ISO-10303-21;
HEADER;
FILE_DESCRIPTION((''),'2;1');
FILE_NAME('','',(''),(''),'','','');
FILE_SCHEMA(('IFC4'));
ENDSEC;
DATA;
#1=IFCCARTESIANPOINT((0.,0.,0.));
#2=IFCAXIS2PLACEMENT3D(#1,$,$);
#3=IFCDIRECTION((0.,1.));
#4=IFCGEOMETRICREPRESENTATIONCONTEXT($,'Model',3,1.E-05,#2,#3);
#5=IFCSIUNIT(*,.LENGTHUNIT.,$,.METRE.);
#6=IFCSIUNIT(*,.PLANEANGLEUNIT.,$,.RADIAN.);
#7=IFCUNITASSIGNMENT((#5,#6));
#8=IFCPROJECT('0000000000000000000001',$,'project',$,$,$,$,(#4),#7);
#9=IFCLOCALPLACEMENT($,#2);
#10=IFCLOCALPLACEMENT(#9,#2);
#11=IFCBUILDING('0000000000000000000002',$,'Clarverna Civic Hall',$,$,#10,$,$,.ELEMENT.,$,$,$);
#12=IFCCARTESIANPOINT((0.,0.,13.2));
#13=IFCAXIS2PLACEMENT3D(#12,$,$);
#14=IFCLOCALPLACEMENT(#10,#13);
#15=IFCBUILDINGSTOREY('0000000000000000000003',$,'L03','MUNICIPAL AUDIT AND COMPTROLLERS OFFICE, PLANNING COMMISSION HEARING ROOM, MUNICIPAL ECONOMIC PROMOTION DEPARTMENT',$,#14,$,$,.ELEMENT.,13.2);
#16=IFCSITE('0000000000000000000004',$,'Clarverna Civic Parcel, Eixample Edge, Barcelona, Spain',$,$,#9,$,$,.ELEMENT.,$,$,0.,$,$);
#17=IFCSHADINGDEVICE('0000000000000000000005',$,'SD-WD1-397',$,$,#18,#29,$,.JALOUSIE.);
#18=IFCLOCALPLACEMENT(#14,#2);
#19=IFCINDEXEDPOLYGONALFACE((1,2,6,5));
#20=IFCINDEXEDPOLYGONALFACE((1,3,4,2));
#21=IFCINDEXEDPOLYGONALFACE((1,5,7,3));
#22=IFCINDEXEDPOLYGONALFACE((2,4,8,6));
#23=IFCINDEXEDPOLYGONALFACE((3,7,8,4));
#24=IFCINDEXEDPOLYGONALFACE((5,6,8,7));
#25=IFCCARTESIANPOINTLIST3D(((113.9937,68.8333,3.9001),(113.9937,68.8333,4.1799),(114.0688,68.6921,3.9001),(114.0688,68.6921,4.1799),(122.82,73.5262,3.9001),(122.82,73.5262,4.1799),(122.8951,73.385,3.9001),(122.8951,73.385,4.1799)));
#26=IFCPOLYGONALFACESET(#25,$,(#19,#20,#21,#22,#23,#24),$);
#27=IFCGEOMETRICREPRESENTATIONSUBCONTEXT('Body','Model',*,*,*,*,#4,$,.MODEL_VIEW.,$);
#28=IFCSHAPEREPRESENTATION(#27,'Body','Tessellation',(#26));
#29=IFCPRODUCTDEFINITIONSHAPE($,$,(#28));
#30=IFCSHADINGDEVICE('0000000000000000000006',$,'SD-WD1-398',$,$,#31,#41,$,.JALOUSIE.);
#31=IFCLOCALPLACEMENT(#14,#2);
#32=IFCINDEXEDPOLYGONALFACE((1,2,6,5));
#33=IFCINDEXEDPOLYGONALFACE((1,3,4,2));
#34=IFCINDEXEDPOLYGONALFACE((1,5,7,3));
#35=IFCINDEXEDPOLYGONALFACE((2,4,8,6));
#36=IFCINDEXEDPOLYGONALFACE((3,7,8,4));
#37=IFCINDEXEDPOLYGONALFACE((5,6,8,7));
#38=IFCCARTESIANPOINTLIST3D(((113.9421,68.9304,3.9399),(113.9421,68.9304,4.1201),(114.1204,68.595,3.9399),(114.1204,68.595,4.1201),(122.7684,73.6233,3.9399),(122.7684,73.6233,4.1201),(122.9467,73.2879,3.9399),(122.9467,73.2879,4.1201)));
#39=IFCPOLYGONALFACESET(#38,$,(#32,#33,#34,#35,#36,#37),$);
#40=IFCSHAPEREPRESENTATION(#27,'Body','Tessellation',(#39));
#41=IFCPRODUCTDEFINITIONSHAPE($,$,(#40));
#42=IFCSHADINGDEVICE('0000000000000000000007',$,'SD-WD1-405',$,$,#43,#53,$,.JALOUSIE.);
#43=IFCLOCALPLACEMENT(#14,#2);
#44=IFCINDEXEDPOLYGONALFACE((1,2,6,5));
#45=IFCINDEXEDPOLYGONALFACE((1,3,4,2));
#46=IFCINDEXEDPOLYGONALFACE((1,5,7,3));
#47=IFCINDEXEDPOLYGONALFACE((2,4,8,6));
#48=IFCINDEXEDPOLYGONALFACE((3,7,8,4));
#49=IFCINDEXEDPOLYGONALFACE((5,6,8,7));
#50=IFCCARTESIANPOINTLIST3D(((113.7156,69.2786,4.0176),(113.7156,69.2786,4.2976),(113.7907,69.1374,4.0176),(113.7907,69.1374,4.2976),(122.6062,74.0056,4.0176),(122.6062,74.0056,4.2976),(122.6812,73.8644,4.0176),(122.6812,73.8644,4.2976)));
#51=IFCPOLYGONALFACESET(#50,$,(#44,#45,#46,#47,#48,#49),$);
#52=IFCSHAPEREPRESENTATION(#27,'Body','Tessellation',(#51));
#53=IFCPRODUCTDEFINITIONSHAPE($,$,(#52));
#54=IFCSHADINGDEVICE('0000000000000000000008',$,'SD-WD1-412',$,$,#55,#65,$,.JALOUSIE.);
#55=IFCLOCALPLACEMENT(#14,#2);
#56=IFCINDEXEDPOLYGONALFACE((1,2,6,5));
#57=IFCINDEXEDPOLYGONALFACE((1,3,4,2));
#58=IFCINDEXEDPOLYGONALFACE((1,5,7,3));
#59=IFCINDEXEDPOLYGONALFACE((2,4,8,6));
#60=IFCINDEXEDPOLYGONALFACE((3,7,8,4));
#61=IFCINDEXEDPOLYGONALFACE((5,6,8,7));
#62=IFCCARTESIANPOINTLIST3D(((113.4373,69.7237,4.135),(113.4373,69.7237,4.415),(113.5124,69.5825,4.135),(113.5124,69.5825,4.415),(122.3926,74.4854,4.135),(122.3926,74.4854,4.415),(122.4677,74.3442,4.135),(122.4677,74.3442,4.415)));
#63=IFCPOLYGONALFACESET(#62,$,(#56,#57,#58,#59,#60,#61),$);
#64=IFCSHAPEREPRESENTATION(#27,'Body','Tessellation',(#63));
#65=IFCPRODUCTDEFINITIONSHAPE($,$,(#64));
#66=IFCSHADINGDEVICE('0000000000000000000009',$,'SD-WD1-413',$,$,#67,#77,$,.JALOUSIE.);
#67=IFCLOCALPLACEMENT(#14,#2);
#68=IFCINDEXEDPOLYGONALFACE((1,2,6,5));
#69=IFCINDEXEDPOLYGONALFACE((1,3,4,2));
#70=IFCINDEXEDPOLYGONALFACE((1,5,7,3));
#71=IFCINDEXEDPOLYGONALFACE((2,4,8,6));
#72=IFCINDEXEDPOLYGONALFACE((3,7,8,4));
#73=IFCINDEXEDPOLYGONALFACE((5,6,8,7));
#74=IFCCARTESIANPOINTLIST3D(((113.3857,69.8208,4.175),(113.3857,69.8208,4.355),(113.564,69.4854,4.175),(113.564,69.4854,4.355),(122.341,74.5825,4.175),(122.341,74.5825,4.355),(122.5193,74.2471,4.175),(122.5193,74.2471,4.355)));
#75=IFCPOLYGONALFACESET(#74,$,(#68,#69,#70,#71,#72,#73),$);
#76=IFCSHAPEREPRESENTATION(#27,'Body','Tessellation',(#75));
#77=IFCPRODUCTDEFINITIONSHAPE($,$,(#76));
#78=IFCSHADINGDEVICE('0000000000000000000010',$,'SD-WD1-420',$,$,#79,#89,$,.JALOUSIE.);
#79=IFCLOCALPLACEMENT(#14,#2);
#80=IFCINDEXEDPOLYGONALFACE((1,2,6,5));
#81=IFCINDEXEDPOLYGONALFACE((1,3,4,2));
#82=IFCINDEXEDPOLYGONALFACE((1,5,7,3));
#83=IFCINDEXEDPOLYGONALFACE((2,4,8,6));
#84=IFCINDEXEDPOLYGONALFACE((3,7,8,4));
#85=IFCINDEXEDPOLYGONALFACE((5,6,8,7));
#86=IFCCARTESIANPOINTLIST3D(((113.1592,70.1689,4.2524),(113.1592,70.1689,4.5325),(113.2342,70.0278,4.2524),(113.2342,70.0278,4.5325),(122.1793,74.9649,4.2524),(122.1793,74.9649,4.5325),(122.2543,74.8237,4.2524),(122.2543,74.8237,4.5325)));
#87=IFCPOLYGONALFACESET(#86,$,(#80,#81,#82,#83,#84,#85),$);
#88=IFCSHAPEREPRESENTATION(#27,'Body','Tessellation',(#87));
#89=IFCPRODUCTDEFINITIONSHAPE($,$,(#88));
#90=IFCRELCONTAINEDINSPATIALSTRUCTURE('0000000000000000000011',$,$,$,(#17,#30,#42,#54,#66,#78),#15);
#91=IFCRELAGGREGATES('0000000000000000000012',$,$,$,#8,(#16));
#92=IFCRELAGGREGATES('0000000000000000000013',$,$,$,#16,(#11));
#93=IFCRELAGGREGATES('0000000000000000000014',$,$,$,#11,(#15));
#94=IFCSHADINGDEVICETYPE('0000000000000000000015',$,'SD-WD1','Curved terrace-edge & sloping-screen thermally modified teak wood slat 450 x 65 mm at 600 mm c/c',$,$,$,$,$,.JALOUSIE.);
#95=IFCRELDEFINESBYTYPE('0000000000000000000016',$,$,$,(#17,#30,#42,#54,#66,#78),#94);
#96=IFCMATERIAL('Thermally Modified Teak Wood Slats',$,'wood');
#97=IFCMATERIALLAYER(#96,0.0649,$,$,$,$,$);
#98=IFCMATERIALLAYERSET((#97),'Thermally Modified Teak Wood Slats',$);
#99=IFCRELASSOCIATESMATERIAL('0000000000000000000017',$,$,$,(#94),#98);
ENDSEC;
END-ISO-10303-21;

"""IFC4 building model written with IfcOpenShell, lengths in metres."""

from ifc_helpers import new_model, si_unit, direction, frame, frame_2d, origin, place, context, subcontext, project, spatial, rectangle, extrude, material, layer, layer_set, type_object, element, save


model = new_model("IFC4")

# Units and contexts
model_context = context("Model", 3, precision=1e-05, world=origin(), true_north=direction((0.0, 1.0)))
body_context = subcontext(model_context, "Body", "Model", "MODEL_VIEW")
ifc_project = project(units=[si_unit("LENGTHUNIT", "METRE"), si_unit("PLANEANGLEUNIT", "RADIAN")], contexts=[model_context])

# Site, building, storey
site_placement = place(None, origin())
site = spatial("IfcSite", under=ifc_project, at=site_placement, Name="Clarverna Civic Parcel, Eixample Edge, Barcelona, Spain", CompositionType="ELEMENT", RefElevation=0.0)
building_placement = place(site_placement, origin())
building = spatial("IfcBuilding", under=site, at=building_placement, Name="Clarverna Civic Hall", CompositionType="ELEMENT")
storey_placement = place(building_placement, frame((0.0, 0.0, 13.2)))
storey = spatial("IfcBuildingStorey", under=building, at=storey_placement, Name="L03", Description="MUNICIPAL AUDIT AND COMPTROLLERS OFFICE, PLANNING COMMISSION HEARING ROOM, MUNICIPAL ECONOMIC PROMOTION DEPARTMENT", CompositionType="ELEMENT", Elevation=13.2)

# Shading devices
ifc_material_1 = material(Name="Thermally Modified Teak Wood Slats", Category="wood")
ifc_layer_1 = layer(ifc_material_1, 0.0649)
ifc_layer_set_1 = layer_set([ifc_layer_1], Name="Thermally Modified Teak Wood Slats")
shading_device_type = type_object("IfcShadingDeviceType", Name="SD-WD1", Description="Curved terrace-edge & sloping-screen thermally modified teak wood slat 450 x 65 mm at 600 mm c/c", PredefinedType="JALOUSIE", material=ifc_layer_set_1)
shading_device_1_placement = place(storey_placement, frame((122.8574, 73.4556, 3.9001), z_axis=(0.0, 0.0, 1.0), x_axis=(-0.882951, -0.469465, 0.0)))
element("IfcShadingDevice", 1, at=shading_device_1_placement, inside=storey, type_object=shading_device_type, Name="SD-WD1-397", PredefinedType="JALOUSIE", context=body_context, shape_type="SweptSolid", body=[
    extrude(rectangle(XDim=9.9963, YDim=0.1599, at=frame_2d((4.998, 0.0))), origin(), (0.0, 0.0, 1.0), 0.2798),
])
shading_device_2_placement = place(storey_placement, frame((122.8574, 73.4556, 3.9399), z_axis=(0.0, 0.0, 1.0), x_axis=(-0.882951, -0.469465, 0.0)))
element("IfcShadingDevice", 2, at=shading_device_2_placement, inside=storey, type_object=shading_device_type, Name="SD-WD1-398", PredefinedType="JALOUSIE", context=body_context, shape_type="SweptSolid", body=[
    extrude(rectangle(XDim=9.9963, YDim=0.3799, at=frame_2d((4.998, 0.0))), origin(), (0.0, 0.0, 1.0), 0.1802),
])
shading_device_3_placement = place(storey_placement, frame((122.6438, 73.9351, 4.0176), z_axis=(0.0, 0.0, 1.0), x_axis=(-0.882955, -0.469458, 0.0)))
element("IfcShadingDevice", 3, at=shading_device_3_placement, inside=storey, type_object=shading_device_type, Name="SD-WD1-405", PredefinedType="JALOUSIE", context=body_context, shape_type="SweptSolid", body=[
    extrude(rectangle(XDim=10.0691, YDim=0.1599, at=frame_2d((5.0347, 0.0))), origin(), (0.0, 0.0, 1.0), 0.28),
])
shading_device_4_placement = place(storey_placement, frame((122.4302, 74.4148, 4.135), z_axis=(0.0, 0.0, 1.0), x_axis=(-0.882944, -0.469478, 0.0)))
element("IfcShadingDevice", 4, at=shading_device_4_placement, inside=storey, type_object=shading_device_type, Name="SD-WD1-412", PredefinedType="JALOUSIE", context=body_context, shape_type="SweptSolid", body=[
    extrude(rectangle(XDim=10.1426, YDim=0.1599, at=frame_2d((5.0713, 0.0))), origin(), (0.0, 0.0, 1.0), 0.28),
])
shading_device_5_placement = place(storey_placement, frame((122.4302, 74.4148, 4.175), z_axis=(0.0, 0.0, 1.0), x_axis=(-0.882944, -0.469478, 0.0)))
element("IfcShadingDevice", 5, at=shading_device_5_placement, inside=storey, type_object=shading_device_type, Name="SD-WD1-413", PredefinedType="JALOUSIE", context=body_context, shape_type="SweptSolid", body=[
    extrude(rectangle(XDim=10.1426, YDim=0.3799, at=frame_2d((5.0713, 0.0))), origin(), (0.0, 0.0, 1.0), 0.1799),
])
shading_device_6_placement = place(storey_placement, frame((122.2168, 74.8943, 4.2524), z_axis=(0.0, 0.0, 1.0), x_axis=(-0.882953, -0.469462, 0.0)))
element("IfcShadingDevice", 6, at=shading_device_6_placement, inside=storey, type_object=shading_device_type, Name="SD-WD1-420", PredefinedType="JALOUSIE", context=body_context, shape_type="SweptSolid", body=[
    extrude(rectangle(XDim=10.2158, YDim=0.1599, at=frame_2d((5.1079, 0.0))), origin(), (0.0, 0.0, 1.0), 0.28),
])

save(model, "model.ifc")
